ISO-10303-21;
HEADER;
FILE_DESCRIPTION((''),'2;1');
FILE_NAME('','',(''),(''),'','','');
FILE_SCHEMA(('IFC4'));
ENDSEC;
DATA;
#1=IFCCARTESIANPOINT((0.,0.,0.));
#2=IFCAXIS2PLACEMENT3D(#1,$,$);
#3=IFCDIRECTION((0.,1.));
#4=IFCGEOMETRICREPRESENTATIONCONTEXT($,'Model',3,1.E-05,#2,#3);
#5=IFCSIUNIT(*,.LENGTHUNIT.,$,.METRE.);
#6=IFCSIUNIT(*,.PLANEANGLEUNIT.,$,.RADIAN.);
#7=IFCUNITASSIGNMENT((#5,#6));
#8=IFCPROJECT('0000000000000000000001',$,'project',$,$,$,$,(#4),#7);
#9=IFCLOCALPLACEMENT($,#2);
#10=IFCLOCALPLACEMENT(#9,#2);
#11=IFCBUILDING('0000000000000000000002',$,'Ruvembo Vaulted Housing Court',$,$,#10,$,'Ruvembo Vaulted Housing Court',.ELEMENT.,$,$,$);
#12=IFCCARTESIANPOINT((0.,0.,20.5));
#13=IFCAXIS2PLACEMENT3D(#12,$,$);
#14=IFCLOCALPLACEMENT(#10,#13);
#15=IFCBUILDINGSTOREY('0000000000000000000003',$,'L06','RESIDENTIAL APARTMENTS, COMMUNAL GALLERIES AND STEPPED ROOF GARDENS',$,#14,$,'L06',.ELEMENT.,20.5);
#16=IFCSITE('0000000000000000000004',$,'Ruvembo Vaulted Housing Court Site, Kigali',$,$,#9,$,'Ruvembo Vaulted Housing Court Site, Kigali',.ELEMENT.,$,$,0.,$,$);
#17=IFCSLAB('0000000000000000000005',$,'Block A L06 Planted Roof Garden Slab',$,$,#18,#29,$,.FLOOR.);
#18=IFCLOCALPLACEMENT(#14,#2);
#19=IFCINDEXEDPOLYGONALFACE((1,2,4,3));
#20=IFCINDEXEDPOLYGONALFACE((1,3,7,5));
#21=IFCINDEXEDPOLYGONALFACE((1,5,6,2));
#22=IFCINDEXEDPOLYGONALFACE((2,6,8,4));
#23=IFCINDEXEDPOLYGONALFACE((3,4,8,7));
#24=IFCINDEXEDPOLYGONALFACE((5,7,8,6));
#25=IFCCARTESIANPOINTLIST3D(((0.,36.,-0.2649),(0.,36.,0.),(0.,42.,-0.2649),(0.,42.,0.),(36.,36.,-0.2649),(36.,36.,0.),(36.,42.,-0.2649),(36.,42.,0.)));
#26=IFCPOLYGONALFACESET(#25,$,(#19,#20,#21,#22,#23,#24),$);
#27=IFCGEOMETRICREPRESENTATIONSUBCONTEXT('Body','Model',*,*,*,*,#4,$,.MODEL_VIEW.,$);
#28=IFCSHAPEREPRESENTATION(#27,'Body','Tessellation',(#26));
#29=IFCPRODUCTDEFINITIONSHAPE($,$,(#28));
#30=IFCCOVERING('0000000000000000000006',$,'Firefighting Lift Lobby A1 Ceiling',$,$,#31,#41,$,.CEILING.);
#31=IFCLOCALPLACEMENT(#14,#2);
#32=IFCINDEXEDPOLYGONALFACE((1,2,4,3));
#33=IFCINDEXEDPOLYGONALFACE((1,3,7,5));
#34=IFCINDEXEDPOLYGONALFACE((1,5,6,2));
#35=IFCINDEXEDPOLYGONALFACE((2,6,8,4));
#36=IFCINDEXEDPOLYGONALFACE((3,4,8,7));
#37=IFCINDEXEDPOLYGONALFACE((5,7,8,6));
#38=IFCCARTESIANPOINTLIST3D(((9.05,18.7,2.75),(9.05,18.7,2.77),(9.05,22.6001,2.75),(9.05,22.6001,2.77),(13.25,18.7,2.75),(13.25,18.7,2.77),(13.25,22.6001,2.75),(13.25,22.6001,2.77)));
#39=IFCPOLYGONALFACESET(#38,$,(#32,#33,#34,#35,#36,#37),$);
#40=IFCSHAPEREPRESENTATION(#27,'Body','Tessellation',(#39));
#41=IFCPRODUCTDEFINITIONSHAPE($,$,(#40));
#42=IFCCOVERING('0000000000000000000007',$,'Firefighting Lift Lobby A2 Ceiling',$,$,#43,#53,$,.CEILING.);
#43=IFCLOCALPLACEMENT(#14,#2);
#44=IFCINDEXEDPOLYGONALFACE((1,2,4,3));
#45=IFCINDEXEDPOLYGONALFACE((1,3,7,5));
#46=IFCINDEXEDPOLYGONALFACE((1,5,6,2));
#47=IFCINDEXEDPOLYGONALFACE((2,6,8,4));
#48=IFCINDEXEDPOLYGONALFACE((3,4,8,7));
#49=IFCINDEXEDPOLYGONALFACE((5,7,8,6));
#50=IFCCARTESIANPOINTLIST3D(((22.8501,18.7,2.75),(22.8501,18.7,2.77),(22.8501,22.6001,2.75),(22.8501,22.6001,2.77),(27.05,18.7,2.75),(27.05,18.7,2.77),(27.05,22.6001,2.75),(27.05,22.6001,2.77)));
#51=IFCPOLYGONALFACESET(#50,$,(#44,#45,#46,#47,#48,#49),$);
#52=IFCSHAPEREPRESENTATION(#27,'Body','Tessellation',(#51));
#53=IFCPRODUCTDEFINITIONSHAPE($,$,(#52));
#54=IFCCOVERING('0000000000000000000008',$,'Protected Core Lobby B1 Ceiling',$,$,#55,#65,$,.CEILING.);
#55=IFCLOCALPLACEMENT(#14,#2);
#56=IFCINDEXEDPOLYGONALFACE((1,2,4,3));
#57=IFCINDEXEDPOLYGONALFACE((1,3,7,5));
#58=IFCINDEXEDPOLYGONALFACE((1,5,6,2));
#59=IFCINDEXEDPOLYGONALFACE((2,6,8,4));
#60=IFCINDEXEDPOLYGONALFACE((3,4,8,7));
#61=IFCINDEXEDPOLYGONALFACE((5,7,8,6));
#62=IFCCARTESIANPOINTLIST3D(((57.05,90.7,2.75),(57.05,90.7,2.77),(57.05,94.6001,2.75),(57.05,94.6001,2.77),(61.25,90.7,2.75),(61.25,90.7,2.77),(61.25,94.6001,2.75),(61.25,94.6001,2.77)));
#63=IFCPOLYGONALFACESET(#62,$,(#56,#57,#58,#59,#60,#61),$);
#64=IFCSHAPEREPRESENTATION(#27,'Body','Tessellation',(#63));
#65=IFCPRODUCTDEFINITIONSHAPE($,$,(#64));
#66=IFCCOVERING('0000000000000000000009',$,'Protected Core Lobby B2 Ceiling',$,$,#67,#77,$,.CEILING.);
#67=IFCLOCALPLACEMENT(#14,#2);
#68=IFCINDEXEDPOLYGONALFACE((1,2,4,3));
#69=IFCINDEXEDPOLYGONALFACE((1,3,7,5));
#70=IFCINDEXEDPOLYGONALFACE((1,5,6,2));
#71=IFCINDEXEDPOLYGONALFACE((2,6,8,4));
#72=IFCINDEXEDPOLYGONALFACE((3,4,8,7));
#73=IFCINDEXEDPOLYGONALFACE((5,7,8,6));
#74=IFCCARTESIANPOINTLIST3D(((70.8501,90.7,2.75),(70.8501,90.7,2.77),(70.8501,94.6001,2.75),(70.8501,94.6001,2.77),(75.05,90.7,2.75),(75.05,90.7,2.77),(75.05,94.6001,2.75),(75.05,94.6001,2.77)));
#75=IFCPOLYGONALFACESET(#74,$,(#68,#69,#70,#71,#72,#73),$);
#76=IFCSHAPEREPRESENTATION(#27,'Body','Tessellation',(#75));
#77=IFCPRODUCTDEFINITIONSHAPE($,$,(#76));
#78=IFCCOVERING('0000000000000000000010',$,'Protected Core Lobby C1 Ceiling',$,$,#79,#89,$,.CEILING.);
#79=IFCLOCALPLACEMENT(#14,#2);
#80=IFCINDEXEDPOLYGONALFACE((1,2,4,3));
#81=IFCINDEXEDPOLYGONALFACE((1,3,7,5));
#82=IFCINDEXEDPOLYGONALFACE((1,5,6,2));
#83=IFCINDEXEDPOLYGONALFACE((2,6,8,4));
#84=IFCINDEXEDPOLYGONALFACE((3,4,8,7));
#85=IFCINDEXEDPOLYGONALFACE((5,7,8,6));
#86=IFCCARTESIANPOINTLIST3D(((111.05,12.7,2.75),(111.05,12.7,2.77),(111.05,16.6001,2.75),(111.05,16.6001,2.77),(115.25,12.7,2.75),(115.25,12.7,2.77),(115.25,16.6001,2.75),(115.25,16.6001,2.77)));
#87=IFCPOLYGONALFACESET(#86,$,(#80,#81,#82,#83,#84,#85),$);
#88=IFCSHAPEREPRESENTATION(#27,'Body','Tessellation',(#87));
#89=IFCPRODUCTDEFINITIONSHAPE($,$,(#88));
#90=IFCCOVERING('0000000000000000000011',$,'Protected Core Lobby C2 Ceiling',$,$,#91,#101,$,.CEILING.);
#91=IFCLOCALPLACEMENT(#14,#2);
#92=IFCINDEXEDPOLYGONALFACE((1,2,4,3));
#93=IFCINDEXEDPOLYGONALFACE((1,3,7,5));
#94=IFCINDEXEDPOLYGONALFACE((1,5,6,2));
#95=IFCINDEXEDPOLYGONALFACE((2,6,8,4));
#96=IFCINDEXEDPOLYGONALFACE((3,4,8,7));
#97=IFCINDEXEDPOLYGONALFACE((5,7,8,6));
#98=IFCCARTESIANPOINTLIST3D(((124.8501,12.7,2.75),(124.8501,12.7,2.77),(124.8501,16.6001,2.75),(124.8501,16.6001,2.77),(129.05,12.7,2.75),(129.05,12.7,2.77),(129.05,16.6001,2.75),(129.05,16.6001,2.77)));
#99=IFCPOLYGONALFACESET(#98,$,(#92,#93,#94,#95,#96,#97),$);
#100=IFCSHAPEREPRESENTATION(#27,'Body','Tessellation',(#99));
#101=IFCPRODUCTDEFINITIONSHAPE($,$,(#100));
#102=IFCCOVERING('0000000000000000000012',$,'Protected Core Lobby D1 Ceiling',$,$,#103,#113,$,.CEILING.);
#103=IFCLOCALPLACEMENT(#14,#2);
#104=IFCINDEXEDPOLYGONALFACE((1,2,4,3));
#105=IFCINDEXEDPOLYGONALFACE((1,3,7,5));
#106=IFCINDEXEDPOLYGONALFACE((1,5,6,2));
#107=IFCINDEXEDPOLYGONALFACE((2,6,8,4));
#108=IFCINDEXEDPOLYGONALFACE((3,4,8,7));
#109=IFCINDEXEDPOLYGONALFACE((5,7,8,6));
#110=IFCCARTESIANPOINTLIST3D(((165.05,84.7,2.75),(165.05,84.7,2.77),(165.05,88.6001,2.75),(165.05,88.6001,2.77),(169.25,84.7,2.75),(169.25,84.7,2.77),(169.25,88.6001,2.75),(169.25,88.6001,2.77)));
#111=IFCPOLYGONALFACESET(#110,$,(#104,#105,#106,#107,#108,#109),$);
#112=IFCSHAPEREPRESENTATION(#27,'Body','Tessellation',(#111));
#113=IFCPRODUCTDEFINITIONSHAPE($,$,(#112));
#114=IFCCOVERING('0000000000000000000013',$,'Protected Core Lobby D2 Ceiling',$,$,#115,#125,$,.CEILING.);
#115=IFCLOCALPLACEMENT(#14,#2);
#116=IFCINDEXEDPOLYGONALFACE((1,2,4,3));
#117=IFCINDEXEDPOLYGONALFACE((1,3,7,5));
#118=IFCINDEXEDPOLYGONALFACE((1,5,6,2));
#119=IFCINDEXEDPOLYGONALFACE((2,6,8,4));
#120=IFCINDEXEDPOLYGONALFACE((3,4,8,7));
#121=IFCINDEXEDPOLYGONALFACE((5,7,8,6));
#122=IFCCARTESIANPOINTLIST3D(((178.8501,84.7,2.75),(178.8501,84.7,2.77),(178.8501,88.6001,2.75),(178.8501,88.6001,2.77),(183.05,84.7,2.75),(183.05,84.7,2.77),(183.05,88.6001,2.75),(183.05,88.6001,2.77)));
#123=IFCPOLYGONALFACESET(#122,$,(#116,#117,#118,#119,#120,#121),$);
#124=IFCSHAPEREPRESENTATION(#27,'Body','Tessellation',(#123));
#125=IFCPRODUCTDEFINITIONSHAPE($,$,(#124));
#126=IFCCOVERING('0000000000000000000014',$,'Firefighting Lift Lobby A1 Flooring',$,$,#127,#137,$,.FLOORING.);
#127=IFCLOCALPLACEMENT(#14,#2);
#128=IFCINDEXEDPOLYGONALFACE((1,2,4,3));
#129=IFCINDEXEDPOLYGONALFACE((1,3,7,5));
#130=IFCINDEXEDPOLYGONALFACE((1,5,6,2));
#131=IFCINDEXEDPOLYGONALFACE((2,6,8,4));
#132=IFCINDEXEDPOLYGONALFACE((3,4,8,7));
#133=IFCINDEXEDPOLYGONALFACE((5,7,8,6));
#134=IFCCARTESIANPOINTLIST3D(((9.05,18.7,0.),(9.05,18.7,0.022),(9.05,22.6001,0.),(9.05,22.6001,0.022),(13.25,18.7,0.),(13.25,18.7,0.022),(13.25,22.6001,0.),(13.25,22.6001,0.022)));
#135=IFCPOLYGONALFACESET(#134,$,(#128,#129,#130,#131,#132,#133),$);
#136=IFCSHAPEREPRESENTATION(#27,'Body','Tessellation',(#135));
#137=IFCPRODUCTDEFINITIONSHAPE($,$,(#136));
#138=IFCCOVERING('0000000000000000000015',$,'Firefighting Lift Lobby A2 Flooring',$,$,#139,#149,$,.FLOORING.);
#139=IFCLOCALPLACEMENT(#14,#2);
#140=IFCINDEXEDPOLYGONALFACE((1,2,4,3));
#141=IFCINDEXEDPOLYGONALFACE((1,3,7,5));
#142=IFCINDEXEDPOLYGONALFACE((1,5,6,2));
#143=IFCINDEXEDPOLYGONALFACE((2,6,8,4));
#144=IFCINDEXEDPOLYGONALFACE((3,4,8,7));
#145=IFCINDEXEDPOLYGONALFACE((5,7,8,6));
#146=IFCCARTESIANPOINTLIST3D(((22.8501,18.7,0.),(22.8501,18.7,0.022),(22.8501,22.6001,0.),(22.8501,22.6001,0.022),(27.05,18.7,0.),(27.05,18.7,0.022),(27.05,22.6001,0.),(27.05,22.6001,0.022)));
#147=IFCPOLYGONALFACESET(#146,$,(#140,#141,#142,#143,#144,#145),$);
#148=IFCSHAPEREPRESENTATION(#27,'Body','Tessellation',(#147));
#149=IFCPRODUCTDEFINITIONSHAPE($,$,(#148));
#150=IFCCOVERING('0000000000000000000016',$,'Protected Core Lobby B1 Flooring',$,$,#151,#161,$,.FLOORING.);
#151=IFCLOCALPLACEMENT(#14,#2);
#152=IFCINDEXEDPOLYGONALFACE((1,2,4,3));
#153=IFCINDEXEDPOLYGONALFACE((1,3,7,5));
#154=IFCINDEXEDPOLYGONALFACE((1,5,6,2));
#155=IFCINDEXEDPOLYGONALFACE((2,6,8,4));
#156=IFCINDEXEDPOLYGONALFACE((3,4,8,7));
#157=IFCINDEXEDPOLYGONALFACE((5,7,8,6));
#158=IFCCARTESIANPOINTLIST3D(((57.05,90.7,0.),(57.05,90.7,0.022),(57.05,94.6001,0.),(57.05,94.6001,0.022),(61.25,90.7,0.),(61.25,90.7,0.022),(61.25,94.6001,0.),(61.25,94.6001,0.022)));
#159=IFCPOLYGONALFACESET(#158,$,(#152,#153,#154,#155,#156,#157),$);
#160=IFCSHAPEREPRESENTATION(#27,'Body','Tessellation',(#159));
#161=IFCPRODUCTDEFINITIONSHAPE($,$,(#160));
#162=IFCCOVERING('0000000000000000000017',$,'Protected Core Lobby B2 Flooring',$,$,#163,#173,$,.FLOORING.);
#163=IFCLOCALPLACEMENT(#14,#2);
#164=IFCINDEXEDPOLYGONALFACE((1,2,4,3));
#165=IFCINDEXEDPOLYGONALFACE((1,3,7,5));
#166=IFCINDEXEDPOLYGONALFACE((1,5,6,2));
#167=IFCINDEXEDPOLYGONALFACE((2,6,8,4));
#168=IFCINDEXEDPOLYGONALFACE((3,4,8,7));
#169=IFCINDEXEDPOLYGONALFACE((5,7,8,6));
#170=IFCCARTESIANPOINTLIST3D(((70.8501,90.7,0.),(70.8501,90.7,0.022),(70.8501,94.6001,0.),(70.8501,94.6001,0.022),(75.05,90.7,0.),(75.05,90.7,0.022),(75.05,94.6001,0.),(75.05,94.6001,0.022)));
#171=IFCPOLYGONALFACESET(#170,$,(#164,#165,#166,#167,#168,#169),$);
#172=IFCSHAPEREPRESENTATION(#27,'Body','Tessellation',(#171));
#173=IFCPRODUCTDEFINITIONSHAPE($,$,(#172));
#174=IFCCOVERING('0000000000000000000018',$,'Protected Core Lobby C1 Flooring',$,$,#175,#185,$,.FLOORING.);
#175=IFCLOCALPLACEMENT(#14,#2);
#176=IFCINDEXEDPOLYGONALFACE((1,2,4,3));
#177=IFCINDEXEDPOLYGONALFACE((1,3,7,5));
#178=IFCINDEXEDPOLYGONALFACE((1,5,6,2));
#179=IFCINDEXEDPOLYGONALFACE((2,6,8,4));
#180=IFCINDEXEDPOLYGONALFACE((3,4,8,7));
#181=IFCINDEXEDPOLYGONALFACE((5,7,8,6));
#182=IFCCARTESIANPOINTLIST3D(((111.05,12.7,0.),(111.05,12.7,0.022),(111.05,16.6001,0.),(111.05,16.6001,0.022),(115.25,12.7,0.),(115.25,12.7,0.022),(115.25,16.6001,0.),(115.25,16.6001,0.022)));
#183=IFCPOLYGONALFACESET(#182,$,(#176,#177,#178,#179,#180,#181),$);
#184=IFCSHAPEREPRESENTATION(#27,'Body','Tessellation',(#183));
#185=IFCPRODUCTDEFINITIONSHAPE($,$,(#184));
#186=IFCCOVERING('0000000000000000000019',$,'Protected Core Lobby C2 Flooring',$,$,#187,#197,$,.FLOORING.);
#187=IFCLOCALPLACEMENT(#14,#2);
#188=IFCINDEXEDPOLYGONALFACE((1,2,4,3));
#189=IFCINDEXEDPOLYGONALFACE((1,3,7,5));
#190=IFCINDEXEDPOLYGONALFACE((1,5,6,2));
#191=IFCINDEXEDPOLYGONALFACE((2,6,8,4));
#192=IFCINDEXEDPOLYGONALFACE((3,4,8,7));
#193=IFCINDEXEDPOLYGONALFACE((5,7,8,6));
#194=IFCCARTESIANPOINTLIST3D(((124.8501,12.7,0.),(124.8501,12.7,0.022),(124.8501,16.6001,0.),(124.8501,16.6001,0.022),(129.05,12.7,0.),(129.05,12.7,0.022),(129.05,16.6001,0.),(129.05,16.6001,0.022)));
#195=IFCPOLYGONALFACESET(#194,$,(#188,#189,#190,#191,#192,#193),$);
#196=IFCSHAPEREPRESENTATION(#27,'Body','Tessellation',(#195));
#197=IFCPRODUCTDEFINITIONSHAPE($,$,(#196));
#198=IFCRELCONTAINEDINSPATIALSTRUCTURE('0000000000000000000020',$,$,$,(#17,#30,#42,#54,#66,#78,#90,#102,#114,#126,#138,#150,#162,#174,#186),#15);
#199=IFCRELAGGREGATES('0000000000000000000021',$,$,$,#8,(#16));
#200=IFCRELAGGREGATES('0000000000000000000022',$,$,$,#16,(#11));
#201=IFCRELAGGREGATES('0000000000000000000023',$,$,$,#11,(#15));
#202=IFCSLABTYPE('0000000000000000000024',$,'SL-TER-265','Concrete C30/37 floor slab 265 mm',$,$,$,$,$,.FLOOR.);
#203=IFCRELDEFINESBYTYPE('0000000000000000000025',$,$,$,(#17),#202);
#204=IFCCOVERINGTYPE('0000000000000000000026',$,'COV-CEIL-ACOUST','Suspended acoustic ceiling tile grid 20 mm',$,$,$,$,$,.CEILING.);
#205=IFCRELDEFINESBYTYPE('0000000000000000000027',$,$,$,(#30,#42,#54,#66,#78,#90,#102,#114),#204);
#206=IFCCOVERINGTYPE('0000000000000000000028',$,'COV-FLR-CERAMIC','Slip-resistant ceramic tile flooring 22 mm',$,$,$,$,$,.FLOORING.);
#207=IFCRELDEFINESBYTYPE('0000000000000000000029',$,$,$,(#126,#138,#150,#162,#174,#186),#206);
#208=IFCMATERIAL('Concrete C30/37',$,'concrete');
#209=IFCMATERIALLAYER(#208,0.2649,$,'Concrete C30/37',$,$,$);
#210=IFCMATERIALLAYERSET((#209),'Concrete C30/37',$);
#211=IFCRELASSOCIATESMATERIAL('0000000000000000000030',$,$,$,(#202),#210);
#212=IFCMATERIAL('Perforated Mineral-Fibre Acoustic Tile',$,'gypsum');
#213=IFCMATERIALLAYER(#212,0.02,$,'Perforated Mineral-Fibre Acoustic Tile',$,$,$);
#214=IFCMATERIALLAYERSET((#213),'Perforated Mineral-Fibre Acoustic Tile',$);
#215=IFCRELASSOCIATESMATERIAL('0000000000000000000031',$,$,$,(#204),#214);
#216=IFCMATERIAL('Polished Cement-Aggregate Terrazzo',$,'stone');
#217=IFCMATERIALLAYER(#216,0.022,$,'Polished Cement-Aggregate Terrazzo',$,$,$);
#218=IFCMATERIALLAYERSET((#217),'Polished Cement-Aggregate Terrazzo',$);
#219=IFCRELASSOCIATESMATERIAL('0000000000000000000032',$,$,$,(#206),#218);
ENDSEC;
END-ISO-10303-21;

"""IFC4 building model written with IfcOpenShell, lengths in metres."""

from ifc_helpers import new_model, si_unit, direction, frame, origin, place, context, subcontext, project, spatial, polyline, outline, extrude, material, layer, layer_set, type_object, element, save


model = new_model("IFC4")

# Units and contexts
model_context = context("Model", 3, precision=1e-05, world=origin(), true_north=direction((0.0, 1.0)))
body_context = subcontext(model_context, "Body", "Model", "MODEL_VIEW")
ifc_project = project(units=[si_unit("LENGTHUNIT", "METRE"), si_unit("PLANEANGLEUNIT", "RADIAN")], contexts=[model_context])

# Site, building, storey
site_placement = place(None, origin())
site = spatial("IfcSite", under=ifc_project, at=site_placement, Name="Ruvembo Vaulted Housing Court Site, Kigali", LongName="Ruvembo Vaulted Housing Court Site, Kigali", CompositionType="ELEMENT", RefElevation=0.0)
building_placement = place(site_placement, origin())
building = spatial("IfcBuilding", under=site, at=building_placement, Name="Ruvembo Vaulted Housing Court", LongName="Ruvembo Vaulted Housing Court", CompositionType="ELEMENT")
storey_placement = place(building_placement, frame((0.0, 0.0, 20.5)))
storey = spatial("IfcBuildingStorey", under=building, at=storey_placement, Name="L06", Description="RESIDENTIAL APARTMENTS, COMMUNAL GALLERIES AND STEPPED ROOF GARDENS", LongName="L06", CompositionType="ELEMENT", Elevation=20.5)

# Shared definitions
ifc_material_1 = material(Name="Concrete C30/37", Category="concrete")

# Slab
ifc_layer_1 = layer(ifc_material_1, 0.2649, Name="Concrete C30/37")
ifc_layer_set_1 = layer_set([ifc_layer_1], Name="Concrete C30/37")
slab_type_1 = type_object("IfcSlabType", Name="SL-TER-265", Description="Concrete C30/37 floor slab 265 mm", PredefinedType="FLOOR", material=ifc_layer_set_1)
slab_1_placement = place(storey_placement, frame((0.0, 0.0, -0.2649)))
element("IfcSlab", 1, at=slab_1_placement, inside=storey, type_object=slab_type_1, Name="Block A L06 Planted Roof Garden Slab", PredefinedType="FLOOR", context=body_context, shape_type="SweptSolid", body=[
    extrude(outline(polyline([(0.0, 36.0), (36.0, 36.0), (36.0, 42.0), (0.0, 42.0), (0.0, 36.0)])), origin(), (0.0, 0.0, 1.0), 0.2649),
])

# Coverings
ifc_material_2 = material(Name="Perforated Mineral-Fibre Acoustic Tile", Category="gypsum")
ifc_layer_2 = layer(ifc_material_2, 0.02, Name="Perforated Mineral-Fibre Acoustic Tile")
ifc_layer_set_2 = layer_set([ifc_layer_2], Name="Perforated Mineral-Fibre Acoustic Tile")
covering_type_1 = type_object("IfcCoveringType", Name="COV-CEIL-ACOUST", Description="Suspended acoustic ceiling tile grid 20 mm", PredefinedType="CEILING", material=ifc_layer_set_2)
covering_1_placement = place(storey_placement, frame((0.0, 0.0, 2.75)))
element("IfcCovering", 2, at=covering_1_placement, inside=storey, type_object=covering_type_1, Name="Firefighting Lift Lobby A1 Ceiling", PredefinedType="CEILING", context=body_context, shape_type="SweptSolid", body=[
    extrude(outline(polyline([(13.25, 22.6001), (9.05, 22.6001), (9.05, 18.7), (13.25, 18.7), (13.25, 22.6001)])), origin(), (0.0, 0.0, 1.0), 0.02),
])
covering_2_placement = place(storey_placement, frame((0.0, 0.0, 2.75)))
element("IfcCovering", 3, at=covering_2_placement, inside=storey, type_object=covering_type_1, Name="Firefighting Lift Lobby A2 Ceiling", PredefinedType="CEILING", context=body_context, shape_type="SweptSolid", body=[
    extrude(outline(polyline([(27.05, 22.6001), (22.8501, 22.6001), (22.8501, 18.7), (27.05, 18.7), (27.05, 22.6001)])), origin(), (0.0, 0.0, 1.0), 0.02),
])
covering_3_placement = place(storey_placement, frame((0.0, 0.0, 2.75)))
element("IfcCovering", 4, at=covering_3_placement, inside=storey, type_object=covering_type_1, Name="Protected Core Lobby B1 Ceiling", PredefinedType="CEILING", context=body_context, shape_type="SweptSolid", body=[
    extrude(outline(polyline([(61.25, 94.6001), (57.05, 94.6001), (57.05, 90.7), (61.25, 90.7), (61.25, 94.6001)])), origin(), (0.0, 0.0, 1.0), 0.02),
])
covering_4_placement = place(storey_placement, frame((0.0, 0.0, 2.75)))
element("IfcCovering", 5, at=covering_4_placement, inside=storey, type_object=covering_type_1, Name="Protected Core Lobby B2 Ceiling", PredefinedType="CEILING", context=body_context, shape_type="SweptSolid", body=[
    extrude(outline(polyline([(75.05, 94.6001), (70.8501, 94.6001), (70.8501, 90.7), (75.05, 90.7), (75.05, 94.6001)])), origin(), (0.0, 0.0, 1.0), 0.02),
])
covering_5_placement = place(storey_placement, frame((0.0, 0.0, 2.75)))
element("IfcCovering", 6, at=covering_5_placement, inside=storey, type_object=covering_type_1, Name="Protected Core Lobby C1 Ceiling", PredefinedType="CEILING", context=body_context, shape_type="SweptSolid", body=[
    extrude(outline(polyline([(115.25, 16.6001), (111.05, 16.6001), (111.05, 12.7), (115.25, 12.7), (115.25, 16.6001)])), origin(), (0.0, 0.0, 1.0), 0.02),
])
covering_6_placement = place(storey_placement, frame((0.0, 0.0, 2.75)))
element("IfcCovering", 7, at=covering_6_placement, inside=storey, type_object=covering_type_1, Name="Protected Core Lobby C2 Ceiling", PredefinedType="CEILING", context=body_context, shape_type="SweptSolid", body=[
    extrude(outline(polyline([(129.05, 16.6001), (124.8501, 16.6001), (124.8501, 12.7), (129.05, 12.7), (129.05, 16.6001)])), origin(), (0.0, 0.0, 1.0), 0.02),
])
covering_7_placement = place(storey_placement, frame((0.0, 0.0, 2.75)))
element("IfcCovering", 8, at=covering_7_placement, inside=storey, type_object=covering_type_1, Name="Protected Core Lobby D1 Ceiling", PredefinedType="CEILING", context=body_context, shape_type="SweptSolid", body=[
    extrude(outline(polyline([(169.25, 88.6001), (165.05, 88.6001), (165.05, 84.7), (169.25, 84.7), (169.25, 88.6001)])), origin(), (0.0, 0.0, 1.0), 0.02),
])
covering_8_placement = place(storey_placement, frame((0.0, 0.0, 2.75)))
element("IfcCovering", 9, at=covering_8_placement, inside=storey, type_object=covering_type_1, Name="Protected Core Lobby D2 Ceiling", PredefinedType="CEILING", context=body_context, shape_type="SweptSolid", body=[
    extrude(outline(polyline([(183.05, 88.6001), (178.8501, 88.6001), (178.8501, 84.7), (183.05, 84.7), (183.05, 88.6001)])), origin(), (0.0, 0.0, 1.0), 0.02),
])
ifc_material_3 = material(Name="Polished Cement-Aggregate Terrazzo", Category="stone")
ifc_layer_3 = layer(ifc_material_3, 0.022, Name="Polished Cement-Aggregate Terrazzo")
ifc_layer_set_3 = layer_set([ifc_layer_3], Name="Polished Cement-Aggregate Terrazzo")
covering_type_2 = type_object("IfcCoveringType", Name="COV-FLR-CERAMIC", Description="Slip-resistant ceramic tile flooring 22 mm", PredefinedType="FLOORING", material=ifc_layer_set_3)
covering_9_placement = place(storey_placement, origin())
element("IfcCovering", 10, at=covering_9_placement, inside=storey, type_object=covering_type_2, Name="Firefighting Lift Lobby A1 Flooring", PredefinedType="FLOORING", context=body_context, shape_type="SweptSolid", body=[
    extrude(outline(polyline([(13.25, 22.6001), (9.05, 22.6001), (9.05, 18.7), (13.25, 18.7), (13.25, 22.6001)])), origin(), (0.0, 0.0, 1.0), 0.022),
])
covering_10_placement = place(storey_placement, origin())
element("IfcCovering", 11, at=covering_10_placement, inside=storey, type_object=covering_type_2, Name="Firefighting Lift Lobby A2 Flooring", PredefinedType="FLOORING", context=body_context, shape_type="SweptSolid", body=[
    extrude(outline(polyline([(27.05, 22.6001), (22.8501, 22.6001), (22.8501, 18.7), (27.05, 18.7), (27.05, 22.6001)])), origin(), (0.0, 0.0, 1.0), 0.022),
])
covering_11_placement = place(storey_placement, origin())
element("IfcCovering", 12, at=covering_11_placement, inside=storey, type_object=covering_type_2, Name="Protected Core Lobby B1 Flooring", PredefinedType="FLOORING", context=body_context, shape_type="SweptSolid", body=[
    extrude(outline(polyline([(61.25, 94.6001), (57.05, 94.6001), (57.05, 90.7), (61.25, 90.7), (61.25, 94.6001)])), origin(), (0.0, 0.0, 1.0), 0.022),
])
covering_12_placement = place(storey_placement, origin())
element("IfcCovering", 13, at=covering_12_placement, inside=storey, type_object=covering_type_2, Name="Protected Core Lobby B2 Flooring", PredefinedType="FLOORING", context=body_context, shape_type="SweptSolid", body=[
    extrude(outline(polyline([(75.05, 94.6001), (70.8501, 94.6001), (70.8501, 90.7), (75.05, 90.7), (75.05, 94.6001)])), origin(), (0.0, 0.0, 1.0), 0.022),
])
covering_13_placement = place(storey_placement, origin())
element("IfcCovering", 14, at=covering_13_placement, inside=storey, type_object=covering_type_2, Name="Protected Core Lobby C1 Flooring", PredefinedType="FLOORING", context=body_context, shape_type="SweptSolid", body=[
    extrude(outline(polyline([(115.25, 16.6001), (111.05, 16.6001), (111.05, 12.7), (115.25, 12.7), (115.25, 16.6001)])), origin(), (0.0, 0.0, 1.0), 0.022),
])
covering_14_placement = place(storey_placement, origin())
element("IfcCovering", 15, at=covering_14_placement, inside=storey, type_object=covering_type_2, Name="Protected Core Lobby C2 Flooring", PredefinedType="FLOORING", context=body_context, shape_type="SweptSolid", body=[
    extrude(outline(polyline([(129.05, 16.6001), (124.8501, 16.6001), (124.8501, 12.7), (129.05, 12.7), (129.05, 16.6001)])), origin(), (0.0, 0.0, 1.0), 0.022),
])

save(model, "model.ifc")
